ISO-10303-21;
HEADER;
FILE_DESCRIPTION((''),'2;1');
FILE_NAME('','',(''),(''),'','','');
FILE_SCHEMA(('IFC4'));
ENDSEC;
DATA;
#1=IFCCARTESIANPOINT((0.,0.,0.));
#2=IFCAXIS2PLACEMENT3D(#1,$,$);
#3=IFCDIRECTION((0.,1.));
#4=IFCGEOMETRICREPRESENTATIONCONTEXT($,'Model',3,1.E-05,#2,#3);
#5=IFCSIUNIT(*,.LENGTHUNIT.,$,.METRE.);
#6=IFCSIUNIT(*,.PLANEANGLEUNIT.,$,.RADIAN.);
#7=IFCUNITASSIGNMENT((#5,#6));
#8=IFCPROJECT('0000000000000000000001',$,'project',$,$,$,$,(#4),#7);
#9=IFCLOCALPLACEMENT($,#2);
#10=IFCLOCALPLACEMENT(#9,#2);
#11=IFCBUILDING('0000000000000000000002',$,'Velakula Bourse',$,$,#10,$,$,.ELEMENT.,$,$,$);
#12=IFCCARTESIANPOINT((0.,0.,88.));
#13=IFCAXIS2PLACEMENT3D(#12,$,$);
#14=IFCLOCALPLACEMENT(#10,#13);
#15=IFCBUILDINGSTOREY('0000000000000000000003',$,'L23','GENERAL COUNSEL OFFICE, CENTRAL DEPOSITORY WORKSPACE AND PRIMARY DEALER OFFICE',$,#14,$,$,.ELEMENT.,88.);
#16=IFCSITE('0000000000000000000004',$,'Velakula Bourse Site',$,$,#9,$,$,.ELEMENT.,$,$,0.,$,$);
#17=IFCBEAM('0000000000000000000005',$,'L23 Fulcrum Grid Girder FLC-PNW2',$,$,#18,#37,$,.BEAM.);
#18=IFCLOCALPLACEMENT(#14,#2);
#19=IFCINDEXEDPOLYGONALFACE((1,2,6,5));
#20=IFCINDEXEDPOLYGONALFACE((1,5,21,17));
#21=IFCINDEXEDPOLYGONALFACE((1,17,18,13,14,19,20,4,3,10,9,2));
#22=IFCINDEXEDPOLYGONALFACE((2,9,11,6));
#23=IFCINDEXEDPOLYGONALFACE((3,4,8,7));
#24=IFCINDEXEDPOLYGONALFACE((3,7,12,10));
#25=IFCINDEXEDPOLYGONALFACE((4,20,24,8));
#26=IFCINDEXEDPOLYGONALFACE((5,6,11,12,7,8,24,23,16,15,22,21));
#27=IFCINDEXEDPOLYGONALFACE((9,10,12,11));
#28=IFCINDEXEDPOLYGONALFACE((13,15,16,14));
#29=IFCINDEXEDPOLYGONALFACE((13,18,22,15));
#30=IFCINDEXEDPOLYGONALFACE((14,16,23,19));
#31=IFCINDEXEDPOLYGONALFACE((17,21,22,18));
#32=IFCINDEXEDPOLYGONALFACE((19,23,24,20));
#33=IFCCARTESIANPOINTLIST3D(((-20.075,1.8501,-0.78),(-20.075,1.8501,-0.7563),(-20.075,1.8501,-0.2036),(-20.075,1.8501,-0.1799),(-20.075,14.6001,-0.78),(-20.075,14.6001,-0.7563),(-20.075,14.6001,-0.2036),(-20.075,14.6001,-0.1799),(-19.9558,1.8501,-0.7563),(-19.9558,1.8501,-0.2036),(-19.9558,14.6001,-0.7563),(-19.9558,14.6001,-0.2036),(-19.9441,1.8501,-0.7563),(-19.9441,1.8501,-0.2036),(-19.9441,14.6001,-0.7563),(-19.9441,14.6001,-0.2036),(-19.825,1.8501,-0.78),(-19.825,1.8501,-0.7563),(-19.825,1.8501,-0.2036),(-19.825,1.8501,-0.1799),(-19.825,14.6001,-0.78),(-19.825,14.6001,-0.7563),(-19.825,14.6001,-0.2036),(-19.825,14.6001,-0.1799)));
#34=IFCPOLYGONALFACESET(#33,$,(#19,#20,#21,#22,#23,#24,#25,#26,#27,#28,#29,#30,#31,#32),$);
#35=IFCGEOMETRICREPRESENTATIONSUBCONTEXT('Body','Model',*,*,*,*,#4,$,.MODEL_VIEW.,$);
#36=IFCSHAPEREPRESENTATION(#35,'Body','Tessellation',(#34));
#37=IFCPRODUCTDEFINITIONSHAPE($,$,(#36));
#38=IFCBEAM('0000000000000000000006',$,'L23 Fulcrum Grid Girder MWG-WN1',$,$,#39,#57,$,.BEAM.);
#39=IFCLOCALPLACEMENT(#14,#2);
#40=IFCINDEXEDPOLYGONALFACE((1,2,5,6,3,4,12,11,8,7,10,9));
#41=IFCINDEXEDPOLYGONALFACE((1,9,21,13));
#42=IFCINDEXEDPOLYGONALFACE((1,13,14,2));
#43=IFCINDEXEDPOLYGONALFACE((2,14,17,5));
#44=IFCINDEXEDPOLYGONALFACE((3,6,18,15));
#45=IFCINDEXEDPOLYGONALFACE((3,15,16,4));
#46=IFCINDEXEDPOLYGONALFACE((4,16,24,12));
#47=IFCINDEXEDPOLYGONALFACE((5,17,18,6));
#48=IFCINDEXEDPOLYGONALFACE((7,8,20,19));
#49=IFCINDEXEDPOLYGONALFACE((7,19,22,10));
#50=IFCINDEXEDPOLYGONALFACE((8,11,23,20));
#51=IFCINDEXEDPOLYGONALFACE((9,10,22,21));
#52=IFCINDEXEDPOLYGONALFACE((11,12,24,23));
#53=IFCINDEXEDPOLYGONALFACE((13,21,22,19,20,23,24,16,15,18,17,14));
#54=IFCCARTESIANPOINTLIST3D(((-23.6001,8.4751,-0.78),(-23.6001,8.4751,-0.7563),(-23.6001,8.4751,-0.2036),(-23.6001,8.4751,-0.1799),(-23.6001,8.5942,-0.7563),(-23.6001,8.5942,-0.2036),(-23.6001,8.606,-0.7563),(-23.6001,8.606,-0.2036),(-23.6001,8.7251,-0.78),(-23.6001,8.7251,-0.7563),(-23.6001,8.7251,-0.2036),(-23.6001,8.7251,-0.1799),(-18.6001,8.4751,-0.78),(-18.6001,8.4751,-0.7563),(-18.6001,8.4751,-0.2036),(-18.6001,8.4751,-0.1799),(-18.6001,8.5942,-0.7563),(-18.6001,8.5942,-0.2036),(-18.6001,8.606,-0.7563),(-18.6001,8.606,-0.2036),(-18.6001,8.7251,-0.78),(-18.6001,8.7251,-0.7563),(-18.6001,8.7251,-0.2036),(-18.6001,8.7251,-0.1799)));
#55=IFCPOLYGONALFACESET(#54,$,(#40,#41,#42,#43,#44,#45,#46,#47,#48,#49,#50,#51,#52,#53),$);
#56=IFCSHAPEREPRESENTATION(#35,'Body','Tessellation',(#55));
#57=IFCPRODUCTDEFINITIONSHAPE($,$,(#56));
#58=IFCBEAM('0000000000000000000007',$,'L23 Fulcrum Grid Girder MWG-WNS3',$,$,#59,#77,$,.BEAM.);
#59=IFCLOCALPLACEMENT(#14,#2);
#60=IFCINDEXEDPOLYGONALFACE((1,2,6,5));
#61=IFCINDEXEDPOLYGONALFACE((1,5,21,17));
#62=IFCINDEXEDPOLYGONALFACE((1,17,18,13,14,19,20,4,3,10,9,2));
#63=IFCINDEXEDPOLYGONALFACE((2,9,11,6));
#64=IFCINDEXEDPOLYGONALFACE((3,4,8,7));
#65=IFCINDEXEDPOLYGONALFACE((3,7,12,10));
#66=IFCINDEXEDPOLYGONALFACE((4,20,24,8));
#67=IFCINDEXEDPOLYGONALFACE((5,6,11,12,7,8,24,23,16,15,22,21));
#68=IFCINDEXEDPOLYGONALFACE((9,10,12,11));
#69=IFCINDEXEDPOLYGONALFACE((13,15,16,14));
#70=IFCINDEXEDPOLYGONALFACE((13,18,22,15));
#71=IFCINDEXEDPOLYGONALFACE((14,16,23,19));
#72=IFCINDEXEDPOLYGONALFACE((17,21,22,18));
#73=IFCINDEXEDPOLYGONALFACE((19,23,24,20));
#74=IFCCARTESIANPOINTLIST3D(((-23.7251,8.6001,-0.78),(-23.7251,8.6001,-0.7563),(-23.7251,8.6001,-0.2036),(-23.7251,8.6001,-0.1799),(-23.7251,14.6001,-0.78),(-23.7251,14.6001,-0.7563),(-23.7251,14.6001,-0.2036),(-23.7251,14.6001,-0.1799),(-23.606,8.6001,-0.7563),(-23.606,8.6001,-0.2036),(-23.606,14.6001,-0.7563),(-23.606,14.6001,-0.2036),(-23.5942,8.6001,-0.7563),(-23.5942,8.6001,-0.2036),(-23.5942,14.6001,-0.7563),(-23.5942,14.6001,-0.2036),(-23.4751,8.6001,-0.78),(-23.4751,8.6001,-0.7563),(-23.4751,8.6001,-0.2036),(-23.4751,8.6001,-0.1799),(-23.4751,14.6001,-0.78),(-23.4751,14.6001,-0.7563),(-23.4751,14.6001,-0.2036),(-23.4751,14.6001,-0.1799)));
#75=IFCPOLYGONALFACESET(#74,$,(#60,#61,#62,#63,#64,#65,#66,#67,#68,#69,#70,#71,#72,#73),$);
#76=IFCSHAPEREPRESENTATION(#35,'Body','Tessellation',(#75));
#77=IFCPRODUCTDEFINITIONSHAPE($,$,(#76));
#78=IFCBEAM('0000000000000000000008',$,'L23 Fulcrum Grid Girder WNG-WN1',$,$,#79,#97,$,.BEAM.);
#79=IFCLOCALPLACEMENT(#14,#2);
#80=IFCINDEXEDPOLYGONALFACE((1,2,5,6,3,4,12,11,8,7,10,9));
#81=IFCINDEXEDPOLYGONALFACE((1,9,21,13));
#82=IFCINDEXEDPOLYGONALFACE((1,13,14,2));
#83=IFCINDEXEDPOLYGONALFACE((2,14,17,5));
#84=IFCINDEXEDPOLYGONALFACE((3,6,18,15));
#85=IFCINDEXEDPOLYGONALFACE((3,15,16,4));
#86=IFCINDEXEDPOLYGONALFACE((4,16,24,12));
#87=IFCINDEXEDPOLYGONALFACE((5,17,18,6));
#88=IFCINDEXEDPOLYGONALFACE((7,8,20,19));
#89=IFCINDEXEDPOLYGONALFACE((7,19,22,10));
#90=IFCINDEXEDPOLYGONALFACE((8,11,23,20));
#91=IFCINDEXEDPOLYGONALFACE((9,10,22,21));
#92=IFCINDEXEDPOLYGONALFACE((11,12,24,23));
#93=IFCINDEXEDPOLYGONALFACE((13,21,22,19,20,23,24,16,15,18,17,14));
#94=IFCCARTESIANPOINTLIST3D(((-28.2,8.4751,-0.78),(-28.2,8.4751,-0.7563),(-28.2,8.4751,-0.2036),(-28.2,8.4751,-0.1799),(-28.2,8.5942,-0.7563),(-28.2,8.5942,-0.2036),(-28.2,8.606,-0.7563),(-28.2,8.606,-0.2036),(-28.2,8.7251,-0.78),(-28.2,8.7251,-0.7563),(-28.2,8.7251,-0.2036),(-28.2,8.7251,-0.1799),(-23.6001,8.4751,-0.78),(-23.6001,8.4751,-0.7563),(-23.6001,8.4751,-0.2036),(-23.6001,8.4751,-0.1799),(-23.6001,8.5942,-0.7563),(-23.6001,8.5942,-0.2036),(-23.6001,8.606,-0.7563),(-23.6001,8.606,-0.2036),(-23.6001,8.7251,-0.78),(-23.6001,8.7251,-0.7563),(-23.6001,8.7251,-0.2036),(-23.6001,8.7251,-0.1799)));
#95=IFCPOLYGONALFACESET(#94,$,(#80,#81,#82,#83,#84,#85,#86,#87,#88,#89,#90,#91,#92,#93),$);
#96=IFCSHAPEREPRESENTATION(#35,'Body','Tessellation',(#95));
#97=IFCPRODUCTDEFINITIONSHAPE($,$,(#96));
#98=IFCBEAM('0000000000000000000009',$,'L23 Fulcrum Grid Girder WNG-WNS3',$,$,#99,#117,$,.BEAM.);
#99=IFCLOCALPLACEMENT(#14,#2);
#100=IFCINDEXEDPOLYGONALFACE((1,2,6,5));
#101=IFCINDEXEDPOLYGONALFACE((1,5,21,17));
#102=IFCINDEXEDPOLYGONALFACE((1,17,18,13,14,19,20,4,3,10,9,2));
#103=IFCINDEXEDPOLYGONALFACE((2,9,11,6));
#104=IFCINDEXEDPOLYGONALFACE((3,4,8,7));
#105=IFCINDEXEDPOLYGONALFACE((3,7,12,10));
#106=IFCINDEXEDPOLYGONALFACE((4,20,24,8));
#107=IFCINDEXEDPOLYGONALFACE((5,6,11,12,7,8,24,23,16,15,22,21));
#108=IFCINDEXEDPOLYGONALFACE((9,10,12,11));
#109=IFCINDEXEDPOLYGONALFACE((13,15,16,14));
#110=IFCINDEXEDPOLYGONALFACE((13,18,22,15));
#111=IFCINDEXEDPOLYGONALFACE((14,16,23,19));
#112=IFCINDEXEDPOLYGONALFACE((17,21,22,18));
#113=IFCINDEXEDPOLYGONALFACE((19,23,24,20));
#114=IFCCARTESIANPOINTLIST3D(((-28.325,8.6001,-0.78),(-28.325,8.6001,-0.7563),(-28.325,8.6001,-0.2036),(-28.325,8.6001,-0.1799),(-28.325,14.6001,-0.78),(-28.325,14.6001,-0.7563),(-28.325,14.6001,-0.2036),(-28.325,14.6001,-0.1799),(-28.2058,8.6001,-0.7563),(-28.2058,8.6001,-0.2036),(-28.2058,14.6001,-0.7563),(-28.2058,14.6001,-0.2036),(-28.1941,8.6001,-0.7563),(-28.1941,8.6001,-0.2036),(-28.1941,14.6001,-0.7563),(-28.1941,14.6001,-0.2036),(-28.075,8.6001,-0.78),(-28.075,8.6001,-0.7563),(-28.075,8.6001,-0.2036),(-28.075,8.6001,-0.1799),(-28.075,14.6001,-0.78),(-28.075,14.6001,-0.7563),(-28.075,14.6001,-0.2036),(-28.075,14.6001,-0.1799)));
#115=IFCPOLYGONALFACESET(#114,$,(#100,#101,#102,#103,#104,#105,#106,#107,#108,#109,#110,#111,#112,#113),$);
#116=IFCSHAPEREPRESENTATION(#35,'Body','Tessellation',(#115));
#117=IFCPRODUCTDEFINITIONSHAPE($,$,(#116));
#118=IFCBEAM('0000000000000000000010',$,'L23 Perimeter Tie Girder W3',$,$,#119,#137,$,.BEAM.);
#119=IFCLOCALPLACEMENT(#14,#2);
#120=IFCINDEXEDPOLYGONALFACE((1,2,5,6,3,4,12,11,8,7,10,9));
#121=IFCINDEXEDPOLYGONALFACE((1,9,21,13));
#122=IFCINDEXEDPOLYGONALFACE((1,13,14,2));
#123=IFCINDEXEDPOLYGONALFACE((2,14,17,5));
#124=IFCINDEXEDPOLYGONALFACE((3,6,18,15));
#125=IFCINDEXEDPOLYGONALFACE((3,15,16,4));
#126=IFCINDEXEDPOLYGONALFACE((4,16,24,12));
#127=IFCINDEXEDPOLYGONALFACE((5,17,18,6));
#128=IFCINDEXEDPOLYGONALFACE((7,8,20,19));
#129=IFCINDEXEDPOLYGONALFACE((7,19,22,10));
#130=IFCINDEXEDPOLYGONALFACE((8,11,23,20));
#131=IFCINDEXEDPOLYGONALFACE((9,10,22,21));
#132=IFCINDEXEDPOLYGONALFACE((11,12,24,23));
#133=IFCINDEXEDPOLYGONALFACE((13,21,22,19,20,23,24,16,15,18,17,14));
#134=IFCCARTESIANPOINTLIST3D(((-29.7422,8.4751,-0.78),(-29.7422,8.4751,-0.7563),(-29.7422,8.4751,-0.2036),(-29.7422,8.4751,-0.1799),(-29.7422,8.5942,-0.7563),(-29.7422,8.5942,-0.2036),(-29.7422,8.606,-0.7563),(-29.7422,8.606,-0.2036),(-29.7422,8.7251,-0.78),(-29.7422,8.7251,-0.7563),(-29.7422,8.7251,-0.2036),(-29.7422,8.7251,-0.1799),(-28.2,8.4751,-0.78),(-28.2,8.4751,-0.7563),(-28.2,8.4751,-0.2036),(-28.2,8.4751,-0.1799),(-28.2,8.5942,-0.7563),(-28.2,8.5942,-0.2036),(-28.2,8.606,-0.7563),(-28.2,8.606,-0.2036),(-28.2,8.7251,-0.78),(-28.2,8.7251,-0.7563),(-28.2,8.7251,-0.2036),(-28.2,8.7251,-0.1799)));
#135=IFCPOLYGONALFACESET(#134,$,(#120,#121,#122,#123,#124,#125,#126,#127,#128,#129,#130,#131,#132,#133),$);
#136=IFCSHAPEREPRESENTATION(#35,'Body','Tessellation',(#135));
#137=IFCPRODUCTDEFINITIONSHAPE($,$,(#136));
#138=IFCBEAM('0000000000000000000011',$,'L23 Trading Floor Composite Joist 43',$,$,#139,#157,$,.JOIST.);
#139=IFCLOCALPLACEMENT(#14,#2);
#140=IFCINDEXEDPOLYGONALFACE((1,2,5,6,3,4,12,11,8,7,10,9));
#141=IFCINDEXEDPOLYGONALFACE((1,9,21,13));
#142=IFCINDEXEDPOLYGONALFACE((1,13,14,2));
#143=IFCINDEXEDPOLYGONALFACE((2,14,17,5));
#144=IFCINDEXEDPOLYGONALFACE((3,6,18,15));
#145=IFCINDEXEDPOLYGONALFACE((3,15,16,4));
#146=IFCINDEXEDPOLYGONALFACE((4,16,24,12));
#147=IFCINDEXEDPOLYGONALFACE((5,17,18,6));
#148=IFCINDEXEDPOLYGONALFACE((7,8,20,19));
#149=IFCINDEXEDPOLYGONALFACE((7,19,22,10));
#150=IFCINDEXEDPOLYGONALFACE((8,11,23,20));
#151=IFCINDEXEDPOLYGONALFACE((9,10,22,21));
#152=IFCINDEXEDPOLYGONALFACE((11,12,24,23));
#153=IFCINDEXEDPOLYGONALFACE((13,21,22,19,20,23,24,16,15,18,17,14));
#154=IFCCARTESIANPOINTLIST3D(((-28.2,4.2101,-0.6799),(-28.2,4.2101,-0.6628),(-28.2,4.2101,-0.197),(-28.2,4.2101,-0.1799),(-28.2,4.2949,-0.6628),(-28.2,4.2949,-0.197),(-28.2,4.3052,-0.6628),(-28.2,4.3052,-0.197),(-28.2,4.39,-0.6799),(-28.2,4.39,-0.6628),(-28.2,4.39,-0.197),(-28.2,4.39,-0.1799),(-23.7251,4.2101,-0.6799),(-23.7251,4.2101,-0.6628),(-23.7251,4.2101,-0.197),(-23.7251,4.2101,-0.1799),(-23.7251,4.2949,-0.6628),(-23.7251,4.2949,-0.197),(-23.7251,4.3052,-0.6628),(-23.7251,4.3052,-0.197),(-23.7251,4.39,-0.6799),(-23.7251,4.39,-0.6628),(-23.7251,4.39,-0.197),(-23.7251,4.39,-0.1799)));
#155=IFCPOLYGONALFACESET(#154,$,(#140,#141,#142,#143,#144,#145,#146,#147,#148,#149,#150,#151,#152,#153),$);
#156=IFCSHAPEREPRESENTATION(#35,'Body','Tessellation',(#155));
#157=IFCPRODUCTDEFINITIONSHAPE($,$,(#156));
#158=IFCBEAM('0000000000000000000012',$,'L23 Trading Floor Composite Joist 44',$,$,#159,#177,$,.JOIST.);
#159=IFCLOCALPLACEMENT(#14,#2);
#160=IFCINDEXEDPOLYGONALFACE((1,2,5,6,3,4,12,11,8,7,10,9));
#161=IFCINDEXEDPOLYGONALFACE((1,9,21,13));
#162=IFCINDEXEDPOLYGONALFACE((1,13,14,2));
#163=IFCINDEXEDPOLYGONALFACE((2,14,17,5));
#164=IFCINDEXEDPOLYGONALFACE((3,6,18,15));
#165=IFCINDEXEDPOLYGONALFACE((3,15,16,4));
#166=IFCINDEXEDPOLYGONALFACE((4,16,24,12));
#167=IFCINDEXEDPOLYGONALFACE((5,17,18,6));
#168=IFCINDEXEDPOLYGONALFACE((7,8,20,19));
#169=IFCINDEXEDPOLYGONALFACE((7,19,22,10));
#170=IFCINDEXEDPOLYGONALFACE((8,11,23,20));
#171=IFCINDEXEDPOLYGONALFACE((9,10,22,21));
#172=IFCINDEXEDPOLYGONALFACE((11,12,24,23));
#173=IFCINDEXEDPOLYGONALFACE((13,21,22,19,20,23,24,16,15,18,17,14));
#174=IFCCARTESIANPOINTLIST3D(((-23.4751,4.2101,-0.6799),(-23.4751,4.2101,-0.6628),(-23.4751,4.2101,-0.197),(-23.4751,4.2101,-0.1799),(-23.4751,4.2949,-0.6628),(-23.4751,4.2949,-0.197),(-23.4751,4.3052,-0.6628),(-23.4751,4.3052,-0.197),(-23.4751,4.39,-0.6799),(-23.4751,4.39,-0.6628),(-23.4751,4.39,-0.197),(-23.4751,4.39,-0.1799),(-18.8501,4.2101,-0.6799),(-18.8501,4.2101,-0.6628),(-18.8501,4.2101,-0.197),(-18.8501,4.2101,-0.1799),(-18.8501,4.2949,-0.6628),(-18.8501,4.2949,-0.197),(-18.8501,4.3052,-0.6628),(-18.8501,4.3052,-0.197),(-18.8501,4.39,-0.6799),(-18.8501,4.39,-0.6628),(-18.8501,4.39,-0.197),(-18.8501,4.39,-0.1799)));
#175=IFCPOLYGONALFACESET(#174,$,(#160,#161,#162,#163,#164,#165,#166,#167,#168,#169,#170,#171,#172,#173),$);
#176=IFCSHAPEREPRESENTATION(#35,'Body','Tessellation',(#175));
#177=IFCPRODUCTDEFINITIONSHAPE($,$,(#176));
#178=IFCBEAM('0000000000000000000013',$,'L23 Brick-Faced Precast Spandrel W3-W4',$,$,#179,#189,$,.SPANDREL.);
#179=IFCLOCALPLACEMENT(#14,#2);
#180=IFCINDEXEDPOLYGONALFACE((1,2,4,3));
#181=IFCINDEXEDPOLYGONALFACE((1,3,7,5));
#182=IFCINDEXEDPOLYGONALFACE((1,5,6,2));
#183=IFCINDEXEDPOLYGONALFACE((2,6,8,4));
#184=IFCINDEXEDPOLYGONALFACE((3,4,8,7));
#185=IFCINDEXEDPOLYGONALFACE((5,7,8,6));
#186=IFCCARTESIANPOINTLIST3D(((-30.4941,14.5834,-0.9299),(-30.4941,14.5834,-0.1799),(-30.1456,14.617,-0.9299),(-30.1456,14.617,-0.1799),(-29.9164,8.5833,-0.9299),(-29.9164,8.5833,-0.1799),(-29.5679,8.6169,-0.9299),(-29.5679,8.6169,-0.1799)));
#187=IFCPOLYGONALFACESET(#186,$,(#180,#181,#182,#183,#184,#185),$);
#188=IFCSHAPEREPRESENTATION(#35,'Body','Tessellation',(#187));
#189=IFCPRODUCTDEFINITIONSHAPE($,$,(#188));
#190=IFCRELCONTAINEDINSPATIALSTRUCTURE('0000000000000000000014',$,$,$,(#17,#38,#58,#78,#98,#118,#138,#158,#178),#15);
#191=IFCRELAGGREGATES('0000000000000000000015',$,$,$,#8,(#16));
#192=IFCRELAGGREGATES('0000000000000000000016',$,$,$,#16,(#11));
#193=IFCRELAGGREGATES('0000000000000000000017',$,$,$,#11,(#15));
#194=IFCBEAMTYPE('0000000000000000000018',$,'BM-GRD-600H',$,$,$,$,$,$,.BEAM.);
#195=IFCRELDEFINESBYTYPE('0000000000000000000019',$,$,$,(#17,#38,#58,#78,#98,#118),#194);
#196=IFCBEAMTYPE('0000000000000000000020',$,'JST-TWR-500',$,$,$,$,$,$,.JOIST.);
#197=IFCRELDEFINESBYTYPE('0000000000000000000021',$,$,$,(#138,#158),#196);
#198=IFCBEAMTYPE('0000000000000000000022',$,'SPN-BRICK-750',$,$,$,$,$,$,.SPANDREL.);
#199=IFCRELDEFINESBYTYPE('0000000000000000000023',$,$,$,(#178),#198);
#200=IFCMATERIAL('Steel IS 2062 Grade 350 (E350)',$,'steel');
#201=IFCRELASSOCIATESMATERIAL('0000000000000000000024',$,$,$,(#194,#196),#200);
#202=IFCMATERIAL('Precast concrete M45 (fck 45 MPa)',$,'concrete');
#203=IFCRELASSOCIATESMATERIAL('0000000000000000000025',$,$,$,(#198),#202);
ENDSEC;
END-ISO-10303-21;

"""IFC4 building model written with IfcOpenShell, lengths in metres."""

from ifc_helpers import new_model, si_unit, direction, frame, origin, origin_2d, place, context, subcontext, project, spatial, rectangle, i_section, extrude, material, material_profile, profile_set, type_object, element, save


model = new_model("IFC4")

# Units and contexts
model_context = context("Model", 3, precision=1e-05, world=origin(), true_north=direction((0.0, 1.0)))
body_context = subcontext(model_context, "Body", "Model", "MODEL_VIEW")
ifc_project = project(units=[si_unit("LENGTHUNIT", "METRE"), si_unit("PLANEANGLEUNIT", "RADIAN")], contexts=[model_context])

# Site, building, storey
site_placement = place(None, origin())
site = spatial("IfcSite", under=ifc_project, at=site_placement, Name="Velakula Bourse Site", CompositionType="ELEMENT", RefElevation=0.0)
building_placement = place(site_placement, origin())
building = spatial("IfcBuilding", under=site, at=building_placement, Name="Velakula Bourse", CompositionType="ELEMENT")
storey_placement = place(building_placement, frame((0.0, 0.0, 88.0)))
storey = spatial("IfcBuildingStorey", under=building, at=storey_placement, Name="L23", Description="GENERAL COUNSEL OFFICE, CENTRAL DEPOSITORY WORKSPACE AND PRIMARY DEALER OFFICE", CompositionType="ELEMENT", Elevation=88.0)

# Beams
ifc_material_1 = material(Name="Steel IS 2062 Grade 350 (E350)", Category="steel")
ifc_material_profile_1 = material_profile(ifc_material_1, i_section(OverallWidth=0.25, OverallDepth=0.6001, WebThickness=0.0117, FlangeThickness=0.0237, at=origin_2d()), Name="Steel IS 2062 Grade 350 (E350)")
ifc_profile_set_1 = profile_set([ifc_material_profile_1], Name="Steel IS 2062 Grade 350 (E350)")
beam_type_1 = type_object("IfcBeamType", Name="BM-GRD-600H", PredefinedType="BEAM", material=ifc_profile_set_1)
for number, where, z_axis, x_axis, name in (
    (1, (-19.95, 1.8501, -0.48), (0.0, 1.0, 0.0), (-1.0, 0.0, 0.0), "L23 Fulcrum Grid Girder FLC-PNW2"),
):
    element("IfcBeam", number, at=place(storey_placement, frame(where, z_axis=z_axis, x_axis=x_axis)), inside=storey, type_object=beam_type_1, Name=name, PredefinedType="BEAM", context=body_context, shape_type="SweptSolid", body=[
        extrude(i_section(OverallWidth=0.25, OverallDepth=0.6001, WebThickness=0.0117, FlangeThickness=0.0237, at=origin_2d()), origin(), (0.0, 0.0, 1.0), 12.75),
    ])
beam_1_placement = place(storey_placement, frame((-23.6001, 8.6001, -0.48), z_axis=(1.0, 0.0, 0.0), x_axis=(0.0, 1.0, 0.0)))
element("IfcBeam", 2, at=beam_1_placement, inside=storey, type_object=beam_type_1, Name="L23 Fulcrum Grid Girder MWG-WN1", PredefinedType="BEAM", context=body_context, shape_type="SweptSolid", body=[
    extrude(i_section(OverallWidth=0.25, OverallDepth=0.6001, WebThickness=0.0117, FlangeThickness=0.0237, at=origin_2d()), origin(), (0.0, 0.0, 1.0), 5.0),
])
beam_2_placement = place(storey_placement, frame((-23.6001, 8.6001, -0.48), z_axis=(0.0, 1.0, 0.0), x_axis=(-1.0, 0.0, 0.0)))
element("IfcBeam", 3, at=beam_2_placement, inside=storey, type_object=beam_type_1, Name="L23 Fulcrum Grid Girder MWG-WNS3", PredefinedType="BEAM", context=body_context, shape_type="SweptSolid", body=[
    extrude(i_section(OverallWidth=0.25, OverallDepth=0.6001, WebThickness=0.0117, FlangeThickness=0.0237, at=origin_2d()), origin(), (0.0, 0.0, 1.0), 6.0),
])
beam_3_placement = place(storey_placement, frame((-28.2, 8.6001, -0.48), z_axis=(1.0, 0.0, 0.0), x_axis=(0.0, 1.0, 0.0)))
element("IfcBeam", 4, at=beam_3_placement, inside=storey, type_object=beam_type_1, Name="L23 Fulcrum Grid Girder WNG-WN1", PredefinedType="BEAM", context=body_context, shape_type="SweptSolid", body=[
    extrude(i_section(OverallWidth=0.25, OverallDepth=0.6001, WebThickness=0.0117, FlangeThickness=0.0237, at=origin_2d()), origin(), (0.0, 0.0, 1.0), 4.5999),
])
beam_4_placement = place(storey_placement, frame((-28.2, 8.6001, -0.48), z_axis=(0.0, 1.0, 0.0), x_axis=(-1.0, 0.0, 0.0)))
element("IfcBeam", 5, at=beam_4_placement, inside=storey, type_object=beam_type_1, Name="L23 Fulcrum Grid Girder WNG-WNS3", PredefinedType="BEAM", context=body_context, shape_type="SweptSolid", body=[
    extrude(i_section(OverallWidth=0.25, OverallDepth=0.6001, WebThickness=0.0117, FlangeThickness=0.0237, at=origin_2d()), origin(), (0.0, 0.0, 1.0), 6.0),
])
beam_5_placement = place(storey_placement, frame((-28.2, 8.6001, -0.48), z_axis=(-1.0, 0.0, 0.0), x_axis=(0.0, -1.0, 0.0)))
element("IfcBeam", 6, at=beam_5_placement, inside=storey, type_object=beam_type_1, Name="L23 Perimeter Tie Girder W3", PredefinedType="BEAM", context=body_context, shape_type="SweptSolid", body=[
    extrude(i_section(OverallWidth=0.25, OverallDepth=0.6001, WebThickness=0.0117, FlangeThickness=0.0237, at=origin_2d()), origin(), (0.0, 0.0, 1.0), 1.5422),
])
ifc_material_profile_2 = material_profile(ifc_material_1, i_section(OverallWidth=0.1799, OverallDepth=0.5, WebThickness=0.0103, FlangeThickness=0.0171, at=origin_2d()), Name="Steel IS 2062 Grade 350 (E350)")
ifc_profile_set_2 = profile_set([ifc_material_profile_2], Name="Steel IS 2062 Grade 350 (E350)")
beam_type_2 = type_object("IfcBeamType", Name="JST-TWR-500", PredefinedType="JOIST", material=ifc_profile_set_2)
beam_6_placement = place(storey_placement, frame((-28.2, 4.3, -0.4299), z_axis=(1.0, 0.0, 0.0), x_axis=(0.0, 1.0, 0.0)))
element("IfcBeam", 7, at=beam_6_placement, inside=storey, type_object=beam_type_2, Name="L23 Trading Floor Composite Joist 43", PredefinedType="JOIST", context=body_context, shape_type="SweptSolid", body=[
    extrude(i_section(OverallWidth=0.1799, OverallDepth=0.5, WebThickness=0.0103, FlangeThickness=0.0171, at=origin_2d()), origin(), (0.0, 0.0, 1.0), 4.4749),
])
beam_7_placement = place(storey_placement, frame((-23.4751, 4.3, -0.4299), z_axis=(1.0, 0.0, 0.0), x_axis=(0.0, 1.0, 0.0)))
element("IfcBeam", 8, at=beam_7_placement, inside=storey, type_object=beam_type_2, Name="L23 Trading Floor Composite Joist 44", PredefinedType="JOIST", context=body_context, shape_type="SweptSolid", body=[
    extrude(i_section(OverallWidth=0.1799, OverallDepth=0.5, WebThickness=0.0103, FlangeThickness=0.0171, at=origin_2d()), origin(), (0.0, 0.0, 1.0), 4.625),
])
ifc_material_2 = material(Name="Precast concrete M45 (fck 45 MPa)", Category="concrete")
ifc_material_profile_3 = material_profile(ifc_material_2, rectangle(XDim=0.3501, YDim=0.75, at=origin_2d()), Name="Precast concrete M45 (fck 45 MPa)")
ifc_profile_set_3 = profile_set([ifc_material_profile_3], Name="Precast concrete M45 (fck 45 MPa)")
beam_type_3 = type_object("IfcBeamType", Name="SPN-BRICK-750", PredefinedType="SPANDREL", material=ifc_profile_set_3)
beam_8_placement = place(storey_placement, frame((-29.7422, 8.6001, -0.5549), z_axis=(-0.09583, 0.995398, 0.0), x_axis=(-0.995398, -0.09583, 0.0)))
element("IfcBeam", 9, at=beam_8_placement, inside=storey, type_object=beam_type_3, Name="L23 Brick-Faced Precast Spandrel W3-W4", PredefinedType="SPANDREL", context=body_context, shape_type="SweptSolid", body=[
    extrude(rectangle(XDim=0.3501, YDim=0.75, at=origin_2d()), origin(), (0.0, 0.0, 1.0), 6.0278),
])

save(model, "model.ifc")
